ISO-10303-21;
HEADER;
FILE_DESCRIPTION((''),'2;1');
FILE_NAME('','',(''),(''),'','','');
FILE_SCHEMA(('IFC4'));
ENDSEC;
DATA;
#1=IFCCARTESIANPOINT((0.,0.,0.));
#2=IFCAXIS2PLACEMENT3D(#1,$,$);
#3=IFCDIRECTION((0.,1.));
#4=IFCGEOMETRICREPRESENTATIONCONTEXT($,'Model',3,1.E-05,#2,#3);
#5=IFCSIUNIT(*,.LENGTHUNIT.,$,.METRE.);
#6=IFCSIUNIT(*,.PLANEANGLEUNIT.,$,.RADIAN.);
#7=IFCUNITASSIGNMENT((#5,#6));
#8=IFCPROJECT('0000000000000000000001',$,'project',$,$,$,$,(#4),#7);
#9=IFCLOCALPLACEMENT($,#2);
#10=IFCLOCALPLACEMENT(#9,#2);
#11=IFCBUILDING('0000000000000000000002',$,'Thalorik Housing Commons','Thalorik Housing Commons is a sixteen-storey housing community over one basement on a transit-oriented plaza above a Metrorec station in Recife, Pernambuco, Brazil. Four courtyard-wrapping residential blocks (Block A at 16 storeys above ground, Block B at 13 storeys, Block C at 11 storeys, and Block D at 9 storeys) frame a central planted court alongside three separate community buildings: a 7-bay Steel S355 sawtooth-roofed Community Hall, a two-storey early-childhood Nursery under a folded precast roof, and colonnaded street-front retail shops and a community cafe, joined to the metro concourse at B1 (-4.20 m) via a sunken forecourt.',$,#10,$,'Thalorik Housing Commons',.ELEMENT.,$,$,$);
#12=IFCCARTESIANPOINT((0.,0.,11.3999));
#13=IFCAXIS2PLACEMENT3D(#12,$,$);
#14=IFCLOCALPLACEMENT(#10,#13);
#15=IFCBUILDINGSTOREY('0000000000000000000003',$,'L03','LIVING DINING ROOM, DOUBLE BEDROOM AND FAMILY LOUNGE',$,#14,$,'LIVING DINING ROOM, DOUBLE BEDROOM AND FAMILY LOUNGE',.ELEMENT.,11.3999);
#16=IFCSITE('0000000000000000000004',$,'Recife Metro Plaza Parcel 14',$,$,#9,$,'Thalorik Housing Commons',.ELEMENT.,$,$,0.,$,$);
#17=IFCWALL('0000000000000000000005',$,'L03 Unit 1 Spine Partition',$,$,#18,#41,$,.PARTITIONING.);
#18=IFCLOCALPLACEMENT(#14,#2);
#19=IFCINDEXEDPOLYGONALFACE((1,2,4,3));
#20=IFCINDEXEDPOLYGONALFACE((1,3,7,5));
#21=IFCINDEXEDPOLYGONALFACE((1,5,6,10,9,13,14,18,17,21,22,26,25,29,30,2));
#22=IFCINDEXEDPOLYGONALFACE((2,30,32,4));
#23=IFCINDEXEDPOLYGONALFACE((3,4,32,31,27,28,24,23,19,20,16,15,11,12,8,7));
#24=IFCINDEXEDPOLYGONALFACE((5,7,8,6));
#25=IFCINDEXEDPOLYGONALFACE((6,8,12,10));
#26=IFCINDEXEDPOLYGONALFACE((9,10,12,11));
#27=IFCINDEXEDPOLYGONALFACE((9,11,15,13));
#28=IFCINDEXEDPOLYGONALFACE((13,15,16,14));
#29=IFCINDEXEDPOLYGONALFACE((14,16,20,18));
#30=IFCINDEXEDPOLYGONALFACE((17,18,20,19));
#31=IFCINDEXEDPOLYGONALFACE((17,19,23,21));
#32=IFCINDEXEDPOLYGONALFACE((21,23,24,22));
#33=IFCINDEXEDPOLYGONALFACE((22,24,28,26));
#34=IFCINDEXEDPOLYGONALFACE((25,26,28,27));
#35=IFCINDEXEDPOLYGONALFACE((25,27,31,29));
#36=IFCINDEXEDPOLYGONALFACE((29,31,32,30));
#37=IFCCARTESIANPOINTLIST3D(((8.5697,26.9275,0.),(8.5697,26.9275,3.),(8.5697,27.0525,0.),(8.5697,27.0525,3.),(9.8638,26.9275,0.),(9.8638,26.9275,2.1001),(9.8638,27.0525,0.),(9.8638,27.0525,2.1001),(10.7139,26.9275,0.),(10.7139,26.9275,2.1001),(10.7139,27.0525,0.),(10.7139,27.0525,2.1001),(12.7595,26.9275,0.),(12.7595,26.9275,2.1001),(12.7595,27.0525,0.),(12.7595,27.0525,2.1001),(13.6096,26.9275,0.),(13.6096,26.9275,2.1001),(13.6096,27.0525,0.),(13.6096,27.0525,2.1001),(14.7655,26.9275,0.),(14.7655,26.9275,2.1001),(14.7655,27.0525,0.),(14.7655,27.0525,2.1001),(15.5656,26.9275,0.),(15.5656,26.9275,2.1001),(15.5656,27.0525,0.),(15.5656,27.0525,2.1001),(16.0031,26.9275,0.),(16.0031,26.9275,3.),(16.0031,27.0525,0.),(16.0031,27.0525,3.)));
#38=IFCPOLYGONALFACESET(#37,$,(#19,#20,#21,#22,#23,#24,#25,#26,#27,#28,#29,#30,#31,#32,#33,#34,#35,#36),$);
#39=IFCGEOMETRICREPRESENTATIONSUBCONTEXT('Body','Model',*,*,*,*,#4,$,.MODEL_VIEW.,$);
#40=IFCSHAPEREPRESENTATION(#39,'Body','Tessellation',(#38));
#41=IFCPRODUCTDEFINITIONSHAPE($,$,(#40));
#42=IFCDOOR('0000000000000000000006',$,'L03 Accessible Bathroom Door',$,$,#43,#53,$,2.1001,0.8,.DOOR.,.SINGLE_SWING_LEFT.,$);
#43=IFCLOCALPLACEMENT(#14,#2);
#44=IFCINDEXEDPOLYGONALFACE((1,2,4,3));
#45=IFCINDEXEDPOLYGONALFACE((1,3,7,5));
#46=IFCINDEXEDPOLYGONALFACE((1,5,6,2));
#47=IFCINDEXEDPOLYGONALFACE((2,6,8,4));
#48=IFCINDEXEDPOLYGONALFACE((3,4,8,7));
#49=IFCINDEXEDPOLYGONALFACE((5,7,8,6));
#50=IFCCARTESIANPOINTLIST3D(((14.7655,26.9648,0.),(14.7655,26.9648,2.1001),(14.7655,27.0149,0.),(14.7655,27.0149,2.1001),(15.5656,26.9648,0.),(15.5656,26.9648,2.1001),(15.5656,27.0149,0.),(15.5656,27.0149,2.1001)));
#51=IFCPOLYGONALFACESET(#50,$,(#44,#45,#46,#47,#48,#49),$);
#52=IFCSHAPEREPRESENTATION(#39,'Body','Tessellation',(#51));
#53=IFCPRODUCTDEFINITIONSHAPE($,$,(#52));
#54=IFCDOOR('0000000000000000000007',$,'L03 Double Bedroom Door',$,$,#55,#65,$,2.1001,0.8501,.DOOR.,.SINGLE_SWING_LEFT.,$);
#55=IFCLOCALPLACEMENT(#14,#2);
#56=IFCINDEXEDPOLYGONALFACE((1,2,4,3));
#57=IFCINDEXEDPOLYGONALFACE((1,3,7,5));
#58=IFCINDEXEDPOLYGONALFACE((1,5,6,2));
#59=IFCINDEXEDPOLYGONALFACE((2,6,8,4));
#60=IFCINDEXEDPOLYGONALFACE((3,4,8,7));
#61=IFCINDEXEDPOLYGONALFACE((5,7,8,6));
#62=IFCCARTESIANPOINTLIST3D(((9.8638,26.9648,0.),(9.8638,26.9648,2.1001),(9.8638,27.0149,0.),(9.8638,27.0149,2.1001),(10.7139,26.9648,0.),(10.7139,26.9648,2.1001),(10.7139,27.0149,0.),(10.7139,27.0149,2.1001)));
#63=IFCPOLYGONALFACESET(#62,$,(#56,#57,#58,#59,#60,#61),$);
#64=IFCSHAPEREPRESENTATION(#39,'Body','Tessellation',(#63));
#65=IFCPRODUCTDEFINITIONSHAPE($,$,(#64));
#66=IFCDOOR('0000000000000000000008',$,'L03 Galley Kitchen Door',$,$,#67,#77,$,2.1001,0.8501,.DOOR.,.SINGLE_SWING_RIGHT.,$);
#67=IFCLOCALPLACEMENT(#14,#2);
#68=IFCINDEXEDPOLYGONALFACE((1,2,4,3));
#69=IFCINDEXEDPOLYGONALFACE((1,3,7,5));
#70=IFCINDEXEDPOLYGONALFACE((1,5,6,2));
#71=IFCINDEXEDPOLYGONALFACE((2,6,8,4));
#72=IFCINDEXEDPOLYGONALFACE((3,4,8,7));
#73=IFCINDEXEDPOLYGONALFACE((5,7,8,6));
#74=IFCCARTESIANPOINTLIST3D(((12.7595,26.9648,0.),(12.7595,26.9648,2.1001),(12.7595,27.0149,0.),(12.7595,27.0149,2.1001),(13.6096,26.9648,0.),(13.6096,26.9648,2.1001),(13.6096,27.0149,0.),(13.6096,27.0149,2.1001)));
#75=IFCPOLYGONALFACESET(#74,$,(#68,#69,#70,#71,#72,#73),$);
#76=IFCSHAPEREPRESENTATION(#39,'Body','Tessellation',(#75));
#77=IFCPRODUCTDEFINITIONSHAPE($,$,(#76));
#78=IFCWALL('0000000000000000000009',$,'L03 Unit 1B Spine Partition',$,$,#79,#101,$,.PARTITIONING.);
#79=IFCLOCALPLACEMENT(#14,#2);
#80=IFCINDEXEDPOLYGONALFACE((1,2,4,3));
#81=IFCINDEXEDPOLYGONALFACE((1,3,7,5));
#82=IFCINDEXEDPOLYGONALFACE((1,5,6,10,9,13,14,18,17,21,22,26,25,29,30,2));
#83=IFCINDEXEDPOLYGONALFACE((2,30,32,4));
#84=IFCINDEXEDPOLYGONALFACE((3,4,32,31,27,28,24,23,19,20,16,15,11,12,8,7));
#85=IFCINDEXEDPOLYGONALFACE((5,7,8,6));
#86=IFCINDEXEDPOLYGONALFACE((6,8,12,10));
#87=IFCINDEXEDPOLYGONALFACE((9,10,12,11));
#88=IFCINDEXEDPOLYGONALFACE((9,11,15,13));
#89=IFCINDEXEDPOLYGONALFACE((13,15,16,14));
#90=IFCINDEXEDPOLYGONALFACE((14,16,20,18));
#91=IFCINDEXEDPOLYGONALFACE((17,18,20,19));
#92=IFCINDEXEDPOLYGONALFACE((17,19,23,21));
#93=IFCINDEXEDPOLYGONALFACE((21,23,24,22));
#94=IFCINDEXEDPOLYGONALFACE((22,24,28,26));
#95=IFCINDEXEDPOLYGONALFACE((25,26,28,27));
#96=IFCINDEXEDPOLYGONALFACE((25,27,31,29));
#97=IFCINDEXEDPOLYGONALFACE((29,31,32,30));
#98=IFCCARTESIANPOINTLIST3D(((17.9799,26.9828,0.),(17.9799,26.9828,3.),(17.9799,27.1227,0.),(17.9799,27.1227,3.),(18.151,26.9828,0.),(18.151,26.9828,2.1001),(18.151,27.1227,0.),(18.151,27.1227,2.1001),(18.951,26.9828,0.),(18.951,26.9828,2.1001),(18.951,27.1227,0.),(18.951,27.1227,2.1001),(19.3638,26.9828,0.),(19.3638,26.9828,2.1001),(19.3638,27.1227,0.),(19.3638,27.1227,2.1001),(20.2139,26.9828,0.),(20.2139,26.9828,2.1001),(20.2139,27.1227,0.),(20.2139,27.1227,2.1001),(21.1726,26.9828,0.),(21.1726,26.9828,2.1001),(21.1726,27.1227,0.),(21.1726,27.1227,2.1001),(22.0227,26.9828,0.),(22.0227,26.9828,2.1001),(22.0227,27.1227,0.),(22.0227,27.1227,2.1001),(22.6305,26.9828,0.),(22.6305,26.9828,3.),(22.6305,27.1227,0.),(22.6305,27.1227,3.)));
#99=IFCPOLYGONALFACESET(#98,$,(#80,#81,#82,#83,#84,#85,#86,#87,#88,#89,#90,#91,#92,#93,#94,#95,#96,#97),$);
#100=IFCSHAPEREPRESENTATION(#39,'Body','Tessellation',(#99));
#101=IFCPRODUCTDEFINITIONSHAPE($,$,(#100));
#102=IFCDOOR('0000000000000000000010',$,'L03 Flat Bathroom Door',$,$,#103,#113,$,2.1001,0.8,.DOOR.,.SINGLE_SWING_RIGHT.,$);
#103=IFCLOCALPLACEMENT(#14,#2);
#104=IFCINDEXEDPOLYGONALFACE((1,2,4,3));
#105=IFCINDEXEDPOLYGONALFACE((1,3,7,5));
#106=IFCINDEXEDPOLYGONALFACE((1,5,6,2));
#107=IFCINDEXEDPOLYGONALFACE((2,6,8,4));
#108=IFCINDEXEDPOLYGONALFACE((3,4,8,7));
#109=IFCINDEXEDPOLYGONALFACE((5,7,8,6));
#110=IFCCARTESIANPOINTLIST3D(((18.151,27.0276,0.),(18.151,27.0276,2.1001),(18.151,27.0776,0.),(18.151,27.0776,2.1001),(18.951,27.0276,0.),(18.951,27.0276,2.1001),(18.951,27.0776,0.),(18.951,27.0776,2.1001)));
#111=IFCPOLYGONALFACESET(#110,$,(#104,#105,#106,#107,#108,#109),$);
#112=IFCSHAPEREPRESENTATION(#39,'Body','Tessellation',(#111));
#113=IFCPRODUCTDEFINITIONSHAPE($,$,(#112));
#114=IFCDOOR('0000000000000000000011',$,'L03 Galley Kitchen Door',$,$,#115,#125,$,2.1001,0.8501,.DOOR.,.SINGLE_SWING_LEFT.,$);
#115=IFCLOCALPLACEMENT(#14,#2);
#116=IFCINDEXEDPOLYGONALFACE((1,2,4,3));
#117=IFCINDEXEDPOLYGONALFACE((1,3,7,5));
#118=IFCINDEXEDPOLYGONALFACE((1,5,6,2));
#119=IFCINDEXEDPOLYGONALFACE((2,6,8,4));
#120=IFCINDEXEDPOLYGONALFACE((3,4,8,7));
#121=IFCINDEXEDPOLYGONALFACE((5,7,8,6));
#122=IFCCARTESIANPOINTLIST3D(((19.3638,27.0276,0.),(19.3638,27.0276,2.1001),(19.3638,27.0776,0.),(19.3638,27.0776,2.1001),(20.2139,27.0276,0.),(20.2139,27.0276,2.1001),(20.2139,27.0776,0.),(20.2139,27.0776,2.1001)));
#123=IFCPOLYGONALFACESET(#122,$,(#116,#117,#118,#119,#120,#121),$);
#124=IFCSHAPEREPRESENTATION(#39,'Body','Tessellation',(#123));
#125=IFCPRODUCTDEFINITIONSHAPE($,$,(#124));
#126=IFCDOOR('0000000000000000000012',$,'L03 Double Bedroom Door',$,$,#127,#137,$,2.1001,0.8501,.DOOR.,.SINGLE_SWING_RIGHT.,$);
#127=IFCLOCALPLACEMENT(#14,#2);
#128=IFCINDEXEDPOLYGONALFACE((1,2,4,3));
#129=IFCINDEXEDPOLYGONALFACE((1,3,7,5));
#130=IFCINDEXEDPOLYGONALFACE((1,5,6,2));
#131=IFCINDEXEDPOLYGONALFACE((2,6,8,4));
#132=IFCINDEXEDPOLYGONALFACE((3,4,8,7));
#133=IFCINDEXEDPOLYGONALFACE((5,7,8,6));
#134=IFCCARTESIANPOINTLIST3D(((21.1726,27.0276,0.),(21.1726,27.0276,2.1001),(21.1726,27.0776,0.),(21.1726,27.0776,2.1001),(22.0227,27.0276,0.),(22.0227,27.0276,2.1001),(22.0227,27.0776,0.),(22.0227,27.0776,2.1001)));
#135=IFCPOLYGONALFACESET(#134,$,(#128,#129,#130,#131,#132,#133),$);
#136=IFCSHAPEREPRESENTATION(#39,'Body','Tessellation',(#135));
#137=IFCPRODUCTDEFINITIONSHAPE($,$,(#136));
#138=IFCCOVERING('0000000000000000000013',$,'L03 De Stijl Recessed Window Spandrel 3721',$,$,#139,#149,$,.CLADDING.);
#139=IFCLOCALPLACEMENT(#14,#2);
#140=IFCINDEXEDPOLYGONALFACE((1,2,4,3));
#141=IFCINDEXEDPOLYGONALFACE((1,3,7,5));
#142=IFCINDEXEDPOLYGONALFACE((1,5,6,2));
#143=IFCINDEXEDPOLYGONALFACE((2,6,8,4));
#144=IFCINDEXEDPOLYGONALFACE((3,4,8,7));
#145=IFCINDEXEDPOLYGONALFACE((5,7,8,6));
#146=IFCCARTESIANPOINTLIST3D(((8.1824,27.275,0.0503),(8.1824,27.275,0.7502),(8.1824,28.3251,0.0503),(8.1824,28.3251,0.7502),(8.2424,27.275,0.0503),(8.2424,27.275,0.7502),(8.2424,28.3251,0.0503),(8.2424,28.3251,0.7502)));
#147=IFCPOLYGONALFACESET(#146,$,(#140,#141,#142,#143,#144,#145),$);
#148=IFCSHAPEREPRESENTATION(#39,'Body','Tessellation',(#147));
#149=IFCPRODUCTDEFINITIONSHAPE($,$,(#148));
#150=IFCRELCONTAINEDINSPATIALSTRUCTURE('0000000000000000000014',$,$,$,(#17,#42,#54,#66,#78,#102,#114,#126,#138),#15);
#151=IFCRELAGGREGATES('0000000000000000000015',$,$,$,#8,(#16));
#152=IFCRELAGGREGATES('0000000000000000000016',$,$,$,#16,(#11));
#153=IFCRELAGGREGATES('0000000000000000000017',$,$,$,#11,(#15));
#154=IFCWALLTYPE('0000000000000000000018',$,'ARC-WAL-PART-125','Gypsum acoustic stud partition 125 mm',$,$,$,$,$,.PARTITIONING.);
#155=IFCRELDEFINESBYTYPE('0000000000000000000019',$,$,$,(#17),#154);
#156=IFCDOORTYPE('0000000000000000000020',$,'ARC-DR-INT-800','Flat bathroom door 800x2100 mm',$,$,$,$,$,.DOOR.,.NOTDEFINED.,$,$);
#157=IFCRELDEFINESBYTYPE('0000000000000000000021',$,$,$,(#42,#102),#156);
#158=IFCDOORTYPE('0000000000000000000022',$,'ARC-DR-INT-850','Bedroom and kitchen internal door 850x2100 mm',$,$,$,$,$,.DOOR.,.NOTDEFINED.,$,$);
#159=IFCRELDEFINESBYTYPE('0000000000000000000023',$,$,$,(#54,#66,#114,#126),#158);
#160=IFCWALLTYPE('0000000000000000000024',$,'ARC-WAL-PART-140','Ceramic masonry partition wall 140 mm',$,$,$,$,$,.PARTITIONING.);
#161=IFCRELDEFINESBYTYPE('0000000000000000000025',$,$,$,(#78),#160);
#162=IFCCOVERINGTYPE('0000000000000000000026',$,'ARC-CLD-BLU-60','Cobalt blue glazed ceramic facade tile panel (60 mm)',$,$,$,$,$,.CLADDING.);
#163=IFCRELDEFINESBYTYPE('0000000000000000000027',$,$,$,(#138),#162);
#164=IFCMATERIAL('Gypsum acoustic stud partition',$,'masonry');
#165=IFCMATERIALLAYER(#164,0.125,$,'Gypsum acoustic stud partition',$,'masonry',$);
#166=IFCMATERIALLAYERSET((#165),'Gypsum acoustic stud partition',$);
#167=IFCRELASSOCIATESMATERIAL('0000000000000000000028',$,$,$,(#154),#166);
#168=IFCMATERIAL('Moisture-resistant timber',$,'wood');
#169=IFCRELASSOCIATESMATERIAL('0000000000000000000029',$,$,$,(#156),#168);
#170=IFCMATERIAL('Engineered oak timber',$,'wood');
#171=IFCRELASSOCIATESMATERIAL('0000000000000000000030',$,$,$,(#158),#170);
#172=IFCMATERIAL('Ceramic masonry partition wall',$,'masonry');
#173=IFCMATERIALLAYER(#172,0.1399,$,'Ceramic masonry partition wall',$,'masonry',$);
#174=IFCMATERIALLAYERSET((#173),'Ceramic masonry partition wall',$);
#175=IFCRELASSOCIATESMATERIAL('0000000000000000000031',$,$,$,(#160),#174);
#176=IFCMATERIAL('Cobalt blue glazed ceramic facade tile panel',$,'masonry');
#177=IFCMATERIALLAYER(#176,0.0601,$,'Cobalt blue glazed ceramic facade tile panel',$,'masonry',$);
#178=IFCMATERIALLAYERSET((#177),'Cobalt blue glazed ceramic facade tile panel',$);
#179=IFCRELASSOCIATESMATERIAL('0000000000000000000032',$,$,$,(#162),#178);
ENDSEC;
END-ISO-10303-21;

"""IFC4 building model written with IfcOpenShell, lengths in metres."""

from ifc_helpers import new_model, si_unit, direction, frame, frame_2d, origin, origin_2d, place, context, subcontext, project, spatial, rectangle, extrude, material, layer, layer_set, type_object, element, fill, save


model = new_model("IFC4")

# Units and contexts
model_context = context("Model", 3, precision=1e-05, world=origin(), true_north=direction((0.0, 1.0)))
body_context = subcontext(model_context, "Body", "Model", "MODEL_VIEW")
ifc_project = project(units=[si_unit("LENGTHUNIT", "METRE"), si_unit("PLANEANGLEUNIT", "RADIAN")], contexts=[model_context])

# Site, building, storey
site_placement = place(None, origin())
site = spatial("IfcSite", under=ifc_project, at=site_placement, Name="Recife Metro Plaza Parcel 14", LongName="Thalorik Housing Commons", CompositionType="ELEMENT", RefElevation=0.0)
building_placement = place(site_placement, origin())
building = spatial("IfcBuilding", under=site, at=building_placement, Name="Thalorik Housing Commons", Description="Thalorik Housing Commons is a sixteen-storey housing community over one basement on a transit-oriented plaza above a Metrorec station in Recife, Pernambuco, Brazil. Four courtyard-wrapping residential blocks (Block A at 16 storeys above ground, Block B at 13 storeys, Block C at 11 storeys, and Block D at 9 storeys) frame a central planted court alongside three separate community buildings: a 7-bay Steel S355 sawtooth-roofed Community Hall, a two-storey early-childhood Nursery under a folded precast roof, and colonnaded street-front retail shops and a community cafe, joined to the metro concourse at B1 (-4.20 m) via a sunken forecourt.", LongName="Thalorik Housing Commons", CompositionType="ELEMENT")
storey_placement = place(building_placement, frame((0.0, 0.0, 11.3999)))
storey = spatial("IfcBuildingStorey", under=building, at=storey_placement, Name="L03", Description="LIVING DINING ROOM, DOUBLE BEDROOM AND FAMILY LOUNGE", LongName="LIVING DINING ROOM, DOUBLE BEDROOM AND FAMILY LOUNGE", CompositionType="ELEMENT", Elevation=11.3999)

# Walls, openings, doors
ifc_material_1 = material(Name="Gypsum acoustic stud partition", Category="masonry")
ifc_layer_1 = layer(ifc_material_1, 0.125, Name="Gypsum acoustic stud partition", Category="masonry")
ifc_layer_set_1 = layer_set([ifc_layer_1], Name="Gypsum acoustic stud partition")
wall_type_1 = type_object("IfcWallType", Name="ARC-WAL-PART-125", Description="Gypsum acoustic stud partition 125 mm", PredefinedType="PARTITIONING", material=ifc_layer_set_1)
wall_1_placement = place(storey_placement, frame((8.5696, 26.99, 0.0), z_axis=(0.0, 0.0, 1.0), x_axis=(1.0, 0.0, 0.0)))
wall_1 = element("IfcWall", 1, at=wall_1_placement, inside=storey, type_object=wall_type_1, Name="L03 Unit 1 Spine Partition", PredefinedType="PARTITIONING", context=body_context, shape_type="SweptSolid", body=[
    extrude(rectangle(XDim=7.4333, YDim=0.125, at=frame_2d((3.7168, 0.0))), origin(), (0.0, 0.0, 1.0), 3.0),
])
opening_1_placement = place(wall_1_placement, frame((1.2942, 0.0, 0.0)))
opening_1 = element("IfcOpeningElement", 2, at=opening_1_placement, cuts=wall_1, PredefinedType="OPENING", context=body_context, shape_type="SweptSolid", body=[
    extrude(rectangle(XDim=0.8501, YDim=2.1001, at=frame_2d((0.425, 1.05))), frame((0.0, 0.0725, 0.0), z_axis=(0.0, -1.0, 0.0), x_axis=(1.0, 0.0, 0.0)), (0.0, 0.0, 1.0), 0.145),
])
opening_2_placement = place(wall_1_placement, frame((4.1899, 0.0, 0.0)))
opening_2 = element("IfcOpeningElement", 3, at=opening_2_placement, cuts=wall_1, PredefinedType="OPENING", context=body_context, shape_type="SweptSolid", body=[
    extrude(rectangle(XDim=0.8501, YDim=2.1001, at=frame_2d((0.425, 1.05))), frame((0.0, 0.0725, 0.0), z_axis=(0.0, -1.0, 0.0), x_axis=(1.0, 0.0, 0.0)), (0.0, 0.0, 1.0), 0.145),
])
opening_3_placement = place(wall_1_placement, frame((6.196, 0.0, 0.0)))
opening_3 = element("IfcOpeningElement", 4, at=opening_3_placement, cuts=wall_1, PredefinedType="OPENING", context=body_context, shape_type="SweptSolid", body=[
    extrude(rectangle(XDim=0.8, YDim=2.1001, at=frame_2d((0.3999, 1.05))), frame((0.0, 0.0725, 0.0), z_axis=(0.0, -1.0, 0.0), x_axis=(1.0, 0.0, 0.0)), (0.0, 0.0, 1.0), 0.145),
])
ifc_material_2 = material(Name="Moisture-resistant timber", Category="wood")
door_type_1 = type_object("IfcDoorType", Name="ARC-DR-INT-800", Description="Flat bathroom door 800x2100 mm", OperationType="NOTDEFINED", PredefinedType="DOOR", material=ifc_material_2)
door_1_placement = place(opening_3_placement, origin())
door_1 = element("IfcDoor", 5, at=door_1_placement, inside=storey, type_object=door_type_1, Name="L03 Accessible Bathroom Door", OperationType="SINGLE_SWING_LEFT", OverallHeight=2.1001, OverallWidth=0.8, PredefinedType="DOOR", context=body_context, shape_type="SweptSolid", body=[
    extrude(rectangle(XDim=0.8, YDim=2.1001, at=frame_2d((0.3999, 1.05))), frame((0.0, 0.0249, 0.0), z_axis=(0.0, -1.0, 0.0), x_axis=(1.0, 0.0, 0.0)), (0.0, 0.0, 1.0), 0.05),
])
fill(opening_3, door_1)
ifc_material_3 = material(Name="Engineered oak timber", Category="wood")
door_type_2 = type_object("IfcDoorType", Name="ARC-DR-INT-850", Description="Bedroom and kitchen internal door 850x2100 mm", OperationType="NOTDEFINED", PredefinedType="DOOR", material=ifc_material_3)
door_2_placement = place(opening_1_placement, origin())
door_2 = element("IfcDoor", 6, at=door_2_placement, inside=storey, type_object=door_type_2, Name="L03 Double Bedroom Door", OperationType="SINGLE_SWING_LEFT", OverallHeight=2.1001, OverallWidth=0.8501, PredefinedType="DOOR", context=body_context, shape_type="SweptSolid", body=[
    extrude(rectangle(XDim=0.8501, YDim=2.1001, at=frame_2d((0.425, 1.05))), frame((0.0, 0.0249, 0.0), z_axis=(0.0, -1.0, 0.0), x_axis=(1.0, 0.0, 0.0)), (0.0, 0.0, 1.0), 0.05),
])
fill(opening_1, door_2)
door_3_placement = place(opening_2_placement, origin())
door_3 = element("IfcDoor", 7, at=door_3_placement, inside=storey, type_object=door_type_2, Name="L03 Galley Kitchen Door", OperationType="SINGLE_SWING_RIGHT", OverallHeight=2.1001, OverallWidth=0.8501, PredefinedType="DOOR", context=body_context, shape_type="SweptSolid", body=[
    extrude(rectangle(XDim=0.8501, YDim=2.1001, at=frame_2d((0.425, 1.05))), frame((0.0, 0.0249, 0.0), z_axis=(0.0, -1.0, 0.0), x_axis=(1.0, 0.0, 0.0)), (0.0, 0.0, 1.0), 0.05),
])
fill(opening_2, door_3)
ifc_material_4 = material(Name="Ceramic masonry partition wall", Category="masonry")
ifc_layer_2 = layer(ifc_material_4, 0.1399, Name="Ceramic masonry partition wall", Category="masonry")
ifc_layer_set_2 = layer_set([ifc_layer_2], Name="Ceramic masonry partition wall")
wall_type_2 = type_object("IfcWallType", Name="ARC-WAL-PART-140", Description="Ceramic masonry partition wall 140 mm", PredefinedType="PARTITIONING", material=ifc_layer_set_2)
wall_2_placement = place(storey_placement, frame((17.98, 27.0527, 0.0), z_axis=(0.0, 0.0, 1.0), x_axis=(1.0, 0.0, 0.0)))
wall_2 = element("IfcWall", 8, at=wall_2_placement, inside=storey, type_object=wall_type_2, Name="L03 Unit 1B Spine Partition", PredefinedType="PARTITIONING", context=body_context, shape_type="SweptSolid", body=[
    extrude(rectangle(XDim=4.6506, YDim=0.1399, at=frame_2d((2.3252, 0.0))), origin(), (0.0, 0.0, 1.0), 3.0),
])
opening_4_placement = place(wall_2_placement, frame((0.1711, 0.0, 0.0)))
opening_4 = element("IfcOpeningElement", 9, at=opening_4_placement, cuts=wall_2, PredefinedType="OPENING", context=body_context, shape_type="SweptSolid", body=[
    extrude(rectangle(XDim=0.8, YDim=2.1001, at=frame_2d((0.3999, 1.05))), frame((0.0, 0.0801, 0.0), z_axis=(0.0, -1.0, 0.0), x_axis=(1.0, 0.0, 0.0)), (0.0, 0.0, 1.0), 0.1599),
])
opening_5_placement = place(wall_2_placement, frame((1.3838, 0.0, 0.0)))
opening_5 = element("IfcOpeningElement", 10, at=opening_5_placement, cuts=wall_2, PredefinedType="OPENING", context=body_context, shape_type="SweptSolid", body=[
    extrude(rectangle(XDim=0.8501, YDim=2.1001, at=frame_2d((0.425, 1.05))), frame((0.0, 0.0801, 0.0), z_axis=(0.0, -1.0, 0.0), x_axis=(1.0, 0.0, 0.0)), (0.0, 0.0, 1.0), 0.1599),
])
opening_6_placement = place(wall_2_placement, frame((3.1926, 0.0, 0.0)))
opening_6 = element("IfcOpeningElement", 11, at=opening_6_placement, cuts=wall_2, PredefinedType="OPENING", context=body_context, shape_type="SweptSolid", body=[
    extrude(rectangle(XDim=0.8501, YDim=2.1001, at=frame_2d((0.425, 1.05))), frame((0.0, 0.0801, 0.0), z_axis=(0.0, -1.0, 0.0), x_axis=(1.0, 0.0, 0.0)), (0.0, 0.0, 1.0), 0.1599),
])
door_4_placement = place(opening_4_placement, origin())
door_4 = element("IfcDoor", 12, at=door_4_placement, inside=storey, type_object=door_type_1, Name="L03 Flat Bathroom Door", OperationType="SINGLE_SWING_RIGHT", OverallHeight=2.1001, OverallWidth=0.8, PredefinedType="DOOR", context=body_context, shape_type="SweptSolid", body=[
    extrude(rectangle(XDim=0.8, YDim=2.1001, at=frame_2d((0.3999, 1.05))), frame((0.0, 0.0249, 0.0), z_axis=(0.0, -1.0, 0.0), x_axis=(1.0, 0.0, 0.0)), (0.0, 0.0, 1.0), 0.05),
])
fill(opening_4, door_4)
door_5_placement = place(opening_5_placement, origin())
door_5 = element("IfcDoor", 13, at=door_5_placement, inside=storey, type_object=door_type_2, Name="L03 Galley Kitchen Door", OperationType="SINGLE_SWING_LEFT", OverallHeight=2.1001, OverallWidth=0.8501, PredefinedType="DOOR", context=body_context, shape_type="SweptSolid", body=[
    extrude(rectangle(XDim=0.8501, YDim=2.1001, at=frame_2d((0.425, 1.05))), frame((0.0, 0.0249, 0.0), z_axis=(0.0, -1.0, 0.0), x_axis=(1.0, 0.0, 0.0)), (0.0, 0.0, 1.0), 0.05),
])
fill(opening_5, door_5)
door_6_placement = place(opening_6_placement, origin())
door_6 = element("IfcDoor", 14, at=door_6_placement, inside=storey, type_object=door_type_2, Name="L03 Double Bedroom Door", OperationType="SINGLE_SWING_RIGHT", OverallHeight=2.1001, OverallWidth=0.8501, PredefinedType="DOOR", context=body_context, shape_type="SweptSolid", body=[
    extrude(rectangle(XDim=0.8501, YDim=2.1001, at=frame_2d((0.425, 1.05))), frame((0.0, 0.0249, 0.0), z_axis=(0.0, -1.0, 0.0), x_axis=(1.0, 0.0, 0.0)), (0.0, 0.0, 1.0), 0.05),
])
fill(opening_6, door_6)

# Covering
ifc_material_5 = material(Name="Cobalt blue glazed ceramic facade tile panel", Category="masonry")
ifc_layer_3 = layer(ifc_material_5, 0.0601, Name="Cobalt blue glazed ceramic facade tile panel", Category="masonry")
ifc_layer_set_3 = layer_set([ifc_layer_3], Name="Cobalt blue glazed ceramic facade tile panel")
covering_type_1 = type_object("IfcCoveringType", Name="ARC-CLD-BLU-60", Description="Cobalt blue glazed ceramic facade tile panel (60 mm)", PredefinedType="CLADDING", material=ifc_layer_set_3)
covering_1_placement = place(storey_placement, frame((8.2124, 27.8, 0.0503), z_axis=(0.0, 0.0, 1.0), x_axis=(0.0, -1.0, 0.0)))
element("IfcCovering", 15, at=covering_1_placement, inside=storey, type_object=covering_type_1, Name="L03 De Stijl Recessed Window Spandrel 3721", PredefinedType="CLADDING", context=body_context, shape_type="SweptSolid", body=[
    extrude(rectangle(XDim=1.05, YDim=0.0601, at=origin_2d()), origin(), (0.0, 0.0, 1.0), 0.7),
])

save(model, "model.ifc")
